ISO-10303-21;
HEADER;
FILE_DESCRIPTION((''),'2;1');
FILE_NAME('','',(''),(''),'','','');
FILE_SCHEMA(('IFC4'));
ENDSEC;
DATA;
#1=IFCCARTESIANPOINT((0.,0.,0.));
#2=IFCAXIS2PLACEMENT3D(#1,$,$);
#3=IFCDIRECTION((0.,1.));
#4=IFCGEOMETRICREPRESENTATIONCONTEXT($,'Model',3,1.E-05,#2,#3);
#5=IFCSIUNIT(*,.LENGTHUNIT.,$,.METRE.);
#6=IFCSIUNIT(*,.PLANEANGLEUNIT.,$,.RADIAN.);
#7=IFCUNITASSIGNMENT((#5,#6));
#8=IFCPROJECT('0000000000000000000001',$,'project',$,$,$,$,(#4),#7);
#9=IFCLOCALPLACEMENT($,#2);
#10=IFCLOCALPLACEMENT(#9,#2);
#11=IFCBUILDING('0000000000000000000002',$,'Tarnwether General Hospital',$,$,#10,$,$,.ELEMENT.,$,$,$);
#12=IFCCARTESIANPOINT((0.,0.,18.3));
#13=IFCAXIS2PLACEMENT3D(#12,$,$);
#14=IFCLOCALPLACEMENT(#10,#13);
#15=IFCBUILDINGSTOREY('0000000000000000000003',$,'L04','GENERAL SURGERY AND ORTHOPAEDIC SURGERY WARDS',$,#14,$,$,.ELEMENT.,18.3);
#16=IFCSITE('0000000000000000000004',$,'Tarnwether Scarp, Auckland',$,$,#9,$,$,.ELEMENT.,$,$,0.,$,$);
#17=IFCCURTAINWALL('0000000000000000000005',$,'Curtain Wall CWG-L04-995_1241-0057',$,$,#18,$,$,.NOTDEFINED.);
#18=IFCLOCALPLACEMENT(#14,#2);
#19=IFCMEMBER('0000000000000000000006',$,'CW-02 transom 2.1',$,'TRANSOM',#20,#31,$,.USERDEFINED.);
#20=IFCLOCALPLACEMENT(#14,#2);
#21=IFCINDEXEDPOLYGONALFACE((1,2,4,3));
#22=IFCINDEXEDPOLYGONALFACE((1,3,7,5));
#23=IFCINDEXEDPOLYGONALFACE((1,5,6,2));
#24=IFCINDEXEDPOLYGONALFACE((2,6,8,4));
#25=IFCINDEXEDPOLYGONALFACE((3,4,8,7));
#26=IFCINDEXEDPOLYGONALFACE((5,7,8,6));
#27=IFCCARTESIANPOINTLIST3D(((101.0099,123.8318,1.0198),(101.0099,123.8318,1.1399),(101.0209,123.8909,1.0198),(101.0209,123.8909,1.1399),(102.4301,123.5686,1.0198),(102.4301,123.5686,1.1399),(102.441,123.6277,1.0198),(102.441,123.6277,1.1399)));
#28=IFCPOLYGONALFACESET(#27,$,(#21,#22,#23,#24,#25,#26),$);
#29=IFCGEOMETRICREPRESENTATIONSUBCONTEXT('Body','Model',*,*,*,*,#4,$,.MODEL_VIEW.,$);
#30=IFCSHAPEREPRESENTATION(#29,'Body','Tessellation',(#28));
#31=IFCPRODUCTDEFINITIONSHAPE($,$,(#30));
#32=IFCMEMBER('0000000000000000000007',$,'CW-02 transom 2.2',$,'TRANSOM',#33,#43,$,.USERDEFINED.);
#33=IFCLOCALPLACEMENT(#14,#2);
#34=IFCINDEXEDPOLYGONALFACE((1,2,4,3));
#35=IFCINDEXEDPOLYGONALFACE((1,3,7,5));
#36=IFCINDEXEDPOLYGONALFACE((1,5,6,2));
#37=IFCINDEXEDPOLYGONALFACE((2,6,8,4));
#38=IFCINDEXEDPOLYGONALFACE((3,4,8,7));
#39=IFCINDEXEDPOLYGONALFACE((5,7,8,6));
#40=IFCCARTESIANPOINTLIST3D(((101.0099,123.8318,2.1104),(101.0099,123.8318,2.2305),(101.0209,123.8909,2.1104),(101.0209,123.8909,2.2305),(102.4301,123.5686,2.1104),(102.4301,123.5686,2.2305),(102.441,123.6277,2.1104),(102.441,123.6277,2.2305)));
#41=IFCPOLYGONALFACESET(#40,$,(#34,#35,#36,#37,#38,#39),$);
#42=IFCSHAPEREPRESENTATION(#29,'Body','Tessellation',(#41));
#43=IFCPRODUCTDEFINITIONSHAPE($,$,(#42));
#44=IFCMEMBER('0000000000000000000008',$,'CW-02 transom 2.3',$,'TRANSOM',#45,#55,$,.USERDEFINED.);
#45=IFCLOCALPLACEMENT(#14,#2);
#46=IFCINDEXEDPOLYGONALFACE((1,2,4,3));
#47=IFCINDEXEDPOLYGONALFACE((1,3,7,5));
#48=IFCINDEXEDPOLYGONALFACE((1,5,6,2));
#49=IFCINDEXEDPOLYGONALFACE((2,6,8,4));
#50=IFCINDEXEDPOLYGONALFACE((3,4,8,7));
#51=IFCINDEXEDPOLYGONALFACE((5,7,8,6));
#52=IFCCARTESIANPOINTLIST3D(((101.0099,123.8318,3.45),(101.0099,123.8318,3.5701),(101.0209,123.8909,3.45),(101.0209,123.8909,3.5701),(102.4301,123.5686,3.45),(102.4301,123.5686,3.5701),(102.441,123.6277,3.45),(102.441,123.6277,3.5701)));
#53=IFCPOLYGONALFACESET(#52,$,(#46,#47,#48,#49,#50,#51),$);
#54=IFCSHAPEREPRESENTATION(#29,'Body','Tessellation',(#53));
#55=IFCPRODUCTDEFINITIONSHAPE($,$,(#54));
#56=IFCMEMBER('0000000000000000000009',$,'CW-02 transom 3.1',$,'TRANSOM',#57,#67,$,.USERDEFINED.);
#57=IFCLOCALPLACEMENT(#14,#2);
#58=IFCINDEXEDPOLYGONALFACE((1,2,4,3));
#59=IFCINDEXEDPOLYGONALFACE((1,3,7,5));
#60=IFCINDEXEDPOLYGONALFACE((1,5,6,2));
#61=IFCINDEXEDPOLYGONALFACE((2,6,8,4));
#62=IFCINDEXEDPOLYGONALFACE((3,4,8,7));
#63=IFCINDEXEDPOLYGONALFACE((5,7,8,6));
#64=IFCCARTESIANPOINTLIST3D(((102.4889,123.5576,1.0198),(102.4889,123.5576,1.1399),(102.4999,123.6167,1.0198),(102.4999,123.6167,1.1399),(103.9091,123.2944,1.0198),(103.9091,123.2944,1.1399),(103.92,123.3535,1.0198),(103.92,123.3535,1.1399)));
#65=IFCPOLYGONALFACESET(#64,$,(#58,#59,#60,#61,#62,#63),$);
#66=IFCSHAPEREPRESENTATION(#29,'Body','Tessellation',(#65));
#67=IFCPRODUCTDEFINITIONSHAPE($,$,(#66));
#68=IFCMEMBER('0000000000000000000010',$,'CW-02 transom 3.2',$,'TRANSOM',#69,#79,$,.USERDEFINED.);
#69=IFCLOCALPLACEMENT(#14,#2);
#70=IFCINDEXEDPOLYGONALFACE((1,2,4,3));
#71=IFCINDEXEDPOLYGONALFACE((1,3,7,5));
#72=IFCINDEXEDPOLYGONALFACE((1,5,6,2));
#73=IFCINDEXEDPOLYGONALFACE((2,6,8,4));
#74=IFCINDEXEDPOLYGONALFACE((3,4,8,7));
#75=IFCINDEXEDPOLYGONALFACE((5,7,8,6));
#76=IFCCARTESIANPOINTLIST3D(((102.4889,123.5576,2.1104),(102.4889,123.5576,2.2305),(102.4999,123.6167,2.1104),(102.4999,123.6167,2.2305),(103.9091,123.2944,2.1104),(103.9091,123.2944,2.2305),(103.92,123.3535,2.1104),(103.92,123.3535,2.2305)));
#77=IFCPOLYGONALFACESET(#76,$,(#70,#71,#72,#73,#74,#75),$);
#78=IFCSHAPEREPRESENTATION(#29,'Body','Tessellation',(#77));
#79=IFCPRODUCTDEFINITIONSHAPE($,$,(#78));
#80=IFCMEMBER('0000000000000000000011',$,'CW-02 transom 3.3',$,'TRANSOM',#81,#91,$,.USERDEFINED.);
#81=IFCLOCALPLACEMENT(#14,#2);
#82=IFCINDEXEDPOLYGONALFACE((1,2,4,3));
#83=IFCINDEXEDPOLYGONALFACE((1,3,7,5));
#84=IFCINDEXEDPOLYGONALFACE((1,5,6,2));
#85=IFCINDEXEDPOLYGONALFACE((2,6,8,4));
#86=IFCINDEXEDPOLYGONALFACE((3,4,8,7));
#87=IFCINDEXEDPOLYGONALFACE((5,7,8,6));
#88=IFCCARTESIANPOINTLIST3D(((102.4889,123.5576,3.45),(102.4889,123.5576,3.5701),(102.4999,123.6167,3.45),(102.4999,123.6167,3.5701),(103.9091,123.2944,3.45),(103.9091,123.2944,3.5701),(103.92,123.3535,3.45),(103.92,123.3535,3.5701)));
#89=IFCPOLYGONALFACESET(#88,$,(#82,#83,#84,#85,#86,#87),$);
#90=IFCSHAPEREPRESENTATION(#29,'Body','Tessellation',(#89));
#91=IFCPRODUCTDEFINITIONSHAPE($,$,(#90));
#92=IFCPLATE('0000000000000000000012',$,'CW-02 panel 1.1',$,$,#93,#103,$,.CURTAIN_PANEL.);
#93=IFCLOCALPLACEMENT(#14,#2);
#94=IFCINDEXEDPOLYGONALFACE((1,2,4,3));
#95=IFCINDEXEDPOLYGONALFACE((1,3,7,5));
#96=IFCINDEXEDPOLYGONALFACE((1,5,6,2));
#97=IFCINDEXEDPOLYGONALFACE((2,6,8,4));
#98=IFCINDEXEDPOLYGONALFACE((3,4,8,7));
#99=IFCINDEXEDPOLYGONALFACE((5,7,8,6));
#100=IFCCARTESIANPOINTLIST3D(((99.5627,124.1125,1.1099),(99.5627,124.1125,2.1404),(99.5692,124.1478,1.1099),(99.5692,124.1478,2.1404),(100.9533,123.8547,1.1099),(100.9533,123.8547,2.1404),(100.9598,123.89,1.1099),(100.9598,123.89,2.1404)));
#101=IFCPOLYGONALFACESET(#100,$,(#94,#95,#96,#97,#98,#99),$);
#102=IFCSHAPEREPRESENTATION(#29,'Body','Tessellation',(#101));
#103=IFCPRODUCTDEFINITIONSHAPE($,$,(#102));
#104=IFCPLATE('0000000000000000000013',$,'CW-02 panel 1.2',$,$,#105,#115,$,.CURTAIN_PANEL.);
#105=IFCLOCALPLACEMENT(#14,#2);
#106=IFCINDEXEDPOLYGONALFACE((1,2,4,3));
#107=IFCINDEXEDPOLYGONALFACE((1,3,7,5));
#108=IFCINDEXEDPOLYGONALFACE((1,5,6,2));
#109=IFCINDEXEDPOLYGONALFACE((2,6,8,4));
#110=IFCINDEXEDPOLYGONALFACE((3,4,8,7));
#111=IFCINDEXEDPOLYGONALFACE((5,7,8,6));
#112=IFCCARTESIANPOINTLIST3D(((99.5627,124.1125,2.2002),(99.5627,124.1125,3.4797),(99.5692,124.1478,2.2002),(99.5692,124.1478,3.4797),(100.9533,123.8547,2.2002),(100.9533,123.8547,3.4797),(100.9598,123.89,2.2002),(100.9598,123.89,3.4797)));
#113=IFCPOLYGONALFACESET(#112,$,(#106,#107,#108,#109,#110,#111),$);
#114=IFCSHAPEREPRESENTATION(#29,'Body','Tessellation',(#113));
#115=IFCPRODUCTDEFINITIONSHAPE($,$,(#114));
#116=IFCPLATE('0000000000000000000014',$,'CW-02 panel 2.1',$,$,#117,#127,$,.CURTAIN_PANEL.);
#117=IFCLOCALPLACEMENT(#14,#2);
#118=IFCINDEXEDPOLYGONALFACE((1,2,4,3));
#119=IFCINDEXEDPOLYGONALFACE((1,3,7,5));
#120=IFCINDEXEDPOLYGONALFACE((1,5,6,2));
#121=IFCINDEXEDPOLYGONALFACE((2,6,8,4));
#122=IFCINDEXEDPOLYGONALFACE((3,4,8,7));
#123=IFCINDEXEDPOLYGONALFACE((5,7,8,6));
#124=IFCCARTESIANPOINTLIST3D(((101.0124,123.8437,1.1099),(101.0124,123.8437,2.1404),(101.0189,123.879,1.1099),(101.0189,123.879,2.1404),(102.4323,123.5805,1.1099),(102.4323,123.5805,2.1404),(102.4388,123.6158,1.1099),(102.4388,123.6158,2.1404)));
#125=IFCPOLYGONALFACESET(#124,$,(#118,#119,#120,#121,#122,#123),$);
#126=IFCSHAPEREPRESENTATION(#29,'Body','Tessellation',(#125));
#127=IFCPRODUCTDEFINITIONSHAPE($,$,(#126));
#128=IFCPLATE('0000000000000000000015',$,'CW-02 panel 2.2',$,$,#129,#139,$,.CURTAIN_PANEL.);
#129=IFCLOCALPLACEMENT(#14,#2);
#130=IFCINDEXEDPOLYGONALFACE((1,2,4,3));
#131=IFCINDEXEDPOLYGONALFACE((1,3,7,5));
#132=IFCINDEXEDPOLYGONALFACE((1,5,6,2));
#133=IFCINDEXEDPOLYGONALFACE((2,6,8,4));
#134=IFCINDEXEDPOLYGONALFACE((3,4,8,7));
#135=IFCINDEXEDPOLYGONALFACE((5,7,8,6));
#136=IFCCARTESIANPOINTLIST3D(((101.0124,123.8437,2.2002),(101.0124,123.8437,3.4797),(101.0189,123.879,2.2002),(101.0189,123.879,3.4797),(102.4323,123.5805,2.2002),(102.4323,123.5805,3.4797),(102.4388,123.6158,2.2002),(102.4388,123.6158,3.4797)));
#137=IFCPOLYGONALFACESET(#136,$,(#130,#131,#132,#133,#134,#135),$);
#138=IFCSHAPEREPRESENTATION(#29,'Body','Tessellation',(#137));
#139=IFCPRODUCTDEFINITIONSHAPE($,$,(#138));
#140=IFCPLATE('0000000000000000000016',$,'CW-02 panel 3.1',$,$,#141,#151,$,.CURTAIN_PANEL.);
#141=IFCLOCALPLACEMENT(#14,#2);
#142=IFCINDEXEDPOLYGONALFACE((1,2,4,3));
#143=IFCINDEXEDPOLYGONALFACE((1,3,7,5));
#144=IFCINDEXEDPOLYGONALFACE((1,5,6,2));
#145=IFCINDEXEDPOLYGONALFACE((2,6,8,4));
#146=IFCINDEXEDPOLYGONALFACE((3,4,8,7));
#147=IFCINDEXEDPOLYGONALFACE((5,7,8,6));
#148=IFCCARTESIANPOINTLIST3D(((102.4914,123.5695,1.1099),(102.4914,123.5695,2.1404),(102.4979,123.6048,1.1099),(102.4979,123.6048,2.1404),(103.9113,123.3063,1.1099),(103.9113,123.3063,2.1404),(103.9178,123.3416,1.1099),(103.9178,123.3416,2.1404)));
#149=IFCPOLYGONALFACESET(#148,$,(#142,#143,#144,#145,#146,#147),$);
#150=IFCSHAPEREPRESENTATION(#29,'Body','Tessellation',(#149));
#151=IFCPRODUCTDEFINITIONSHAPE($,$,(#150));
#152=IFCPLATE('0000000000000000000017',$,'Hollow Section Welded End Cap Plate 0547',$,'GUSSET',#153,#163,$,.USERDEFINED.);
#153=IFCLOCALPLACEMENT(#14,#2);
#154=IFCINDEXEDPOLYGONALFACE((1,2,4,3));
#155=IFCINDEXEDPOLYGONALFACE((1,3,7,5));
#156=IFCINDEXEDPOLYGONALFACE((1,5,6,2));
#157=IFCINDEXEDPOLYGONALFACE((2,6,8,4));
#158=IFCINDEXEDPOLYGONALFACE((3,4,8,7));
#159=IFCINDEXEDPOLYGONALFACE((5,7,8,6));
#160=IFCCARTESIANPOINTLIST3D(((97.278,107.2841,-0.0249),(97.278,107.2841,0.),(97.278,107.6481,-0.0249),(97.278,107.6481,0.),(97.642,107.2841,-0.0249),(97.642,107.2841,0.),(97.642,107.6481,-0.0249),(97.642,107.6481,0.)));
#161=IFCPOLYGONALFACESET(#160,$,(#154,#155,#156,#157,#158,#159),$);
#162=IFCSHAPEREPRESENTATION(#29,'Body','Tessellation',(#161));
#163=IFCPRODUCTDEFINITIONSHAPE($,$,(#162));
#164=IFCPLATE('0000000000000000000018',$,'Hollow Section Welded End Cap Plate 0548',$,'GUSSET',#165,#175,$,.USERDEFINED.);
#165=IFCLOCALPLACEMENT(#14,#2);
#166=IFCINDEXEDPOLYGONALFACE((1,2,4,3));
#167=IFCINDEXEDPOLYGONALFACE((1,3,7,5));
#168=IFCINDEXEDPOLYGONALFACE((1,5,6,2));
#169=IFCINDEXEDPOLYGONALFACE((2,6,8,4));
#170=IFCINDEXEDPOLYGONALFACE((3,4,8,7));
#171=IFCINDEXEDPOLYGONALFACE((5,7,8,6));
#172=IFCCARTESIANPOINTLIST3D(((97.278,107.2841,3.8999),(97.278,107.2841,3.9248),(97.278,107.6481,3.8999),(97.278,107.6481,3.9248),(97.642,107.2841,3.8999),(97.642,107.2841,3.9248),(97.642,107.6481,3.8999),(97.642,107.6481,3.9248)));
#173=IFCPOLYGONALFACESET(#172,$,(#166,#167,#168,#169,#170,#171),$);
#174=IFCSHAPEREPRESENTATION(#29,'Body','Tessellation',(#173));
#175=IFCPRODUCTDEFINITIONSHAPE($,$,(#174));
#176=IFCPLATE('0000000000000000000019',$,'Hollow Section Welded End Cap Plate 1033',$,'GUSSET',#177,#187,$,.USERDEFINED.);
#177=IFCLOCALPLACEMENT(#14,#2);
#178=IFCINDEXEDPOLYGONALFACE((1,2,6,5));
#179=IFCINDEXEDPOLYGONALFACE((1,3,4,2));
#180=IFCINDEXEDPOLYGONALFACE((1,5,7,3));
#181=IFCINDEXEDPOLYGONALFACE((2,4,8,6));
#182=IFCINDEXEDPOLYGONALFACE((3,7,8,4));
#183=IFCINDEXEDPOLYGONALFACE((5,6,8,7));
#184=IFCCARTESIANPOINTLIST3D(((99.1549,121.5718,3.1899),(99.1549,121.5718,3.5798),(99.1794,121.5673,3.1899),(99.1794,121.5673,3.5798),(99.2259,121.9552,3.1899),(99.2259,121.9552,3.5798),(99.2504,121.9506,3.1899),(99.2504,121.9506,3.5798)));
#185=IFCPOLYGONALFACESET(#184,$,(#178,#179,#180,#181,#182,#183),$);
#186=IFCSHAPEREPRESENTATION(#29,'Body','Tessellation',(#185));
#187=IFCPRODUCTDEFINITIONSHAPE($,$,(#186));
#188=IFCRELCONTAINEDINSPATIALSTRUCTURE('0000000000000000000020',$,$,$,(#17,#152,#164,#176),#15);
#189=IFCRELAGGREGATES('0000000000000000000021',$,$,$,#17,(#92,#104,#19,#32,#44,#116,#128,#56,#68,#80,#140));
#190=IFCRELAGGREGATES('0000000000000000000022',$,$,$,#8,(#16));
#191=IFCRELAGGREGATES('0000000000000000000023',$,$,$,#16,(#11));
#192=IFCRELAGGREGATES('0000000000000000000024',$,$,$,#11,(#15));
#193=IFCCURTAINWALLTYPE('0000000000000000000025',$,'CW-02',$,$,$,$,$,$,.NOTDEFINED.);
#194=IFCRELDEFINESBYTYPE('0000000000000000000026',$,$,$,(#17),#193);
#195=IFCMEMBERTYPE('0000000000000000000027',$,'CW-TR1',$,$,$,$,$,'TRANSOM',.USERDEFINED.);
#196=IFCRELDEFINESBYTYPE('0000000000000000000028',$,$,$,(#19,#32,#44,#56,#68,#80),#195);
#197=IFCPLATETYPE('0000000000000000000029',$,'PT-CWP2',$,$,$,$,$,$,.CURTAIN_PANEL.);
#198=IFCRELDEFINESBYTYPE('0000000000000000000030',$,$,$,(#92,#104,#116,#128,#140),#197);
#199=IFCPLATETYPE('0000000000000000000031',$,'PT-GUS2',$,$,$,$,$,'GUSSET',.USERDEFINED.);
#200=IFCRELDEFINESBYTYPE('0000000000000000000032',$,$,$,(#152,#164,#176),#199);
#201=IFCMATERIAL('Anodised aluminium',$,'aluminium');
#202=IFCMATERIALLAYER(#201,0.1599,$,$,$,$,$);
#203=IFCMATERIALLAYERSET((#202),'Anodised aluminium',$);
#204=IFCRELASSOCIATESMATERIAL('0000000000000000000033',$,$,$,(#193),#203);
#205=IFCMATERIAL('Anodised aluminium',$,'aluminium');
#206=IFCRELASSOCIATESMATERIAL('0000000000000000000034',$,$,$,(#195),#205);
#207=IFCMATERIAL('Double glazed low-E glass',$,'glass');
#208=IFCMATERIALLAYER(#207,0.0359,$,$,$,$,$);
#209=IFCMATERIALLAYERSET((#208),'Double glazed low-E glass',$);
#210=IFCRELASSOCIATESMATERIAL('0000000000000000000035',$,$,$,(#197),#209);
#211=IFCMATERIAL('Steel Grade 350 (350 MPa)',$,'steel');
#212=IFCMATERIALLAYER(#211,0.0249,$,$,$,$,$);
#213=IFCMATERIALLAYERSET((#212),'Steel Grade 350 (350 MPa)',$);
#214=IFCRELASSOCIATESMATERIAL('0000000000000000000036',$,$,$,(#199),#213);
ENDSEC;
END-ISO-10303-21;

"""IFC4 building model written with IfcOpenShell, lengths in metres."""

from ifc_helpers import new_model, si_unit, direction, frame, origin, origin_2d, place, context, subcontext, project, spatial, rectangle, extrude, material, layer, layer_set, material_profile, profile_set, type_object, element, aggregate, save


model = new_model("IFC4")

# Units and contexts
model_context = context("Model", 3, precision=1e-05, world=origin(), true_north=direction((0.0, 1.0)))
body_context = subcontext(model_context, "Body", "Model", "MODEL_VIEW")
ifc_project = project(units=[si_unit("LENGTHUNIT", "METRE"), si_unit("PLANEANGLEUNIT", "RADIAN")], contexts=[model_context])

# Site, building, storey
site_placement = place(None, origin())
site = spatial("IfcSite", under=ifc_project, at=site_placement, Name="Tarnwether Scarp, Auckland", CompositionType="ELEMENT", RefElevation=0.0)
building_placement = place(site_placement, origin())
building = spatial("IfcBuilding", under=site, at=building_placement, Name="Tarnwether General Hospital", CompositionType="ELEMENT")
storey_placement = place(building_placement, frame((0.0, 0.0, 18.3)))
storey = spatial("IfcBuildingStorey", under=building, at=storey_placement, Name="L04", Description="GENERAL SURGERY AND ORTHOPAEDIC SURGERY WARDS", CompositionType="ELEMENT", Elevation=18.3)

# Curtain wall, members, plates
ifc_material_1 = material(Name="Anodised aluminium", Category="aluminium")
ifc_layer_1 = layer(ifc_material_1, 0.1599)
ifc_layer_set_1 = layer_set([ifc_layer_1], Name="Anodised aluminium")
curtain_wall_type = type_object("IfcCurtainWallType", Name="CW-02", PredefinedType="NOTDEFINED", material=ifc_layer_set_1)
curtain_wall_placement = place(storey_placement, origin())
curtain_wall = element("IfcCurtainWall", 1, at=curtain_wall_placement, inside=storey, type_object=curtain_wall_type, Name="Curtain Wall CWG-L04-995_1241-0057", PredefinedType="NOTDEFINED")
ifc_material_2 = material(Name="Anodised aluminium", Category="aluminium")
ifc_material_profile_1 = material_profile(ifc_material_2, rectangle(XDim=0.0601, YDim=0.1201, at=origin_2d()), Name="ALU-TRN-60x120")
ifc_profile_set_1 = profile_set([ifc_material_profile_1], Name="Anodised aluminium")
member_type_1 = type_object("IfcMemberType", Name="CW-TR1", ElementType="TRANSOM", PredefinedType="USERDEFINED", material=ifc_profile_set_1)
member_1_placement = place(storey_placement, frame((101.0154, 123.8613, 1.0798), z_axis=(0.983258, -0.182216, 0.0), x_axis=(0.182216, 0.983258, 0.0)))
member_1 = element("IfcMember", 2, at=member_1_placement, type_object=member_type_1, Name="CW-02 transom 2.1", ObjectType="TRANSOM", PredefinedType="USERDEFINED", context=body_context, shape_type="SweptSolid", body=[
    extrude(rectangle(XDim=0.0601, YDim=0.1201, at=origin_2d()), origin(), (0.0, 0.0, 1.0), 1.4443),
])
member_2_placement = place(storey_placement, frame((101.0154, 123.8613, 2.1704), z_axis=(0.983258, -0.182216, 0.0), x_axis=(0.182216, 0.983258, 0.0)))
member_2 = element("IfcMember", 3, at=member_2_placement, type_object=member_type_1, Name="CW-02 transom 2.2", ObjectType="TRANSOM", PredefinedType="USERDEFINED", context=body_context, shape_type="SweptSolid", body=[
    extrude(rectangle(XDim=0.0601, YDim=0.1201, at=origin_2d()), origin(), (0.0, 0.0, 1.0), 1.4443),
])
member_3_placement = place(storey_placement, frame((101.0154, 123.8613, 3.51), z_axis=(0.983258, -0.182216, 0.0), x_axis=(0.182216, 0.983258, 0.0)))
member_3 = element("IfcMember", 4, at=member_3_placement, type_object=member_type_1, Name="CW-02 transom 2.3", ObjectType="TRANSOM", PredefinedType="USERDEFINED", context=body_context, shape_type="SweptSolid", body=[
    extrude(rectangle(XDim=0.0601, YDim=0.1201, at=origin_2d()), origin(), (0.0, 0.0, 1.0), 1.4443),
])
member_4_placement = place(storey_placement, frame((102.4944, 123.5872, 1.0798), z_axis=(0.983258, -0.182216, 0.0), x_axis=(0.182216, 0.983258, 0.0)))
member_4 = element("IfcMember", 5, at=member_4_placement, type_object=member_type_1, Name="CW-02 transom 3.1", ObjectType="TRANSOM", PredefinedType="USERDEFINED", context=body_context, shape_type="SweptSolid", body=[
    extrude(rectangle(XDim=0.0601, YDim=0.1201, at=origin_2d()), origin(), (0.0, 0.0, 1.0), 1.4443),
])
member_5_placement = place(storey_placement, frame((102.4944, 123.5872, 2.1704), z_axis=(0.983258, -0.182216, 0.0), x_axis=(0.182216, 0.983258, 0.0)))
member_5 = element("IfcMember", 6, at=member_5_placement, type_object=member_type_1, Name="CW-02 transom 3.2", ObjectType="TRANSOM", PredefinedType="USERDEFINED", context=body_context, shape_type="SweptSolid", body=[
    extrude(rectangle(XDim=0.0601, YDim=0.1201, at=origin_2d()), origin(), (0.0, 0.0, 1.0), 1.4443),
])
member_6_placement = place(storey_placement, frame((102.4944, 123.5872, 3.51), z_axis=(0.983258, -0.182216, 0.0), x_axis=(0.182216, 0.983258, 0.0)))
member_6 = element("IfcMember", 7, at=member_6_placement, type_object=member_type_1, Name="CW-02 transom 3.3", ObjectType="TRANSOM", PredefinedType="USERDEFINED", context=body_context, shape_type="SweptSolid", body=[
    extrude(rectangle(XDim=0.0601, YDim=0.1201, at=origin_2d()), origin(), (0.0, 0.0, 1.0), 1.4443),
])
ifc_material_3 = material(Name="Double glazed low-E glass", Category="glass")
ifc_layer_2 = layer(ifc_material_3, 0.0359)
ifc_layer_set_2 = layer_set([ifc_layer_2], Name="Double glazed low-E glass")
plate_type_1 = type_object("IfcPlateType", Name="PT-CWP2", PredefinedType="CURTAIN_PANEL", material=ifc_layer_set_2)
plate_1_placement = place(storey_placement, frame((100.2612, 124.0012, 1.1099), z_axis=(0.0, 0.0, 1.0), x_axis=(0.983245, -0.182289, 0.0)))
plate_1 = element("IfcPlate", 8, at=plate_1_placement, type_object=plate_type_1, Name="CW-02 panel 1.1", PredefinedType="CURTAIN_PANEL", context=body_context, shape_type="SweptSolid", body=[
    extrude(rectangle(XDim=1.4143, YDim=0.0359, at=origin_2d()), origin(), (0.0, 0.0, 1.0), 1.0305),
])
plate_2_placement = place(storey_placement, frame((100.2612, 124.0012, 2.2002), z_axis=(0.0, 0.0, 1.0), x_axis=(0.983245, -0.182289, 0.0)))
plate_2 = element("IfcPlate", 9, at=plate_2_placement, type_object=plate_type_1, Name="CW-02 panel 1.2", PredefinedType="CURTAIN_PANEL", context=body_context, shape_type="SweptSolid", body=[
    extrude(rectangle(XDim=1.4143, YDim=0.0359, at=origin_2d()), origin(), (0.0, 0.0, 1.0), 1.2795),
])
plate_3_placement = place(storey_placement, frame((101.7256, 123.7297, 1.1099), z_axis=(0.0, 0.0, 1.0), x_axis=(0.983245, -0.182289, 0.0)))
plate_3 = element("IfcPlate", 10, at=plate_3_placement, type_object=plate_type_1, Name="CW-02 panel 2.1", PredefinedType="CURTAIN_PANEL", context=body_context, shape_type="SweptSolid", body=[
    extrude(rectangle(XDim=1.4441, YDim=0.0359, at=origin_2d()), origin(), (0.0, 0.0, 1.0), 1.0305),
])
plate_4_placement = place(storey_placement, frame((101.7256, 123.7297, 2.2002), z_axis=(0.0, 0.0, 1.0), x_axis=(0.983245, -0.182289, 0.0)))
plate_4 = element("IfcPlate", 11, at=plate_4_placement, type_object=plate_type_1, Name="CW-02 panel 2.2", PredefinedType="CURTAIN_PANEL", context=body_context, shape_type="SweptSolid", body=[
    extrude(rectangle(XDim=1.4441, YDim=0.0359, at=origin_2d()), origin(), (0.0, 0.0, 1.0), 1.2795),
])
plate_5_placement = place(storey_placement, frame((103.2046, 123.4556, 1.1099), z_axis=(0.0, 0.0, 1.0), x_axis=(0.983245, -0.182289, 0.0)))
plate_5 = element("IfcPlate", 12, at=plate_5_placement, type_object=plate_type_1, Name="CW-02 panel 3.1", PredefinedType="CURTAIN_PANEL", context=body_context, shape_type="SweptSolid", body=[
    extrude(rectangle(XDim=1.4441, YDim=0.0359, at=origin_2d()), origin(), (0.0, 0.0, 1.0), 1.0305),
])
aggregate(curtain_wall, [plate_1, plate_2, member_1, member_2, member_3, plate_3, plate_4, member_4, member_5, member_6, plate_5])

# Plates
ifc_material_4 = material(Name="Steel Grade 350 (350 MPa)", Category="steel")
ifc_layer_3 = layer(ifc_material_4, 0.0249)
ifc_layer_set_3 = layer_set([ifc_layer_3], Name="Steel Grade 350 (350 MPa)")
plate_type_2 = type_object("IfcPlateType", Name="PT-GUS2", ElementType="GUSSET", PredefinedType="USERDEFINED", material=ifc_layer_set_3)
for number, where, z_axis, x_axis, name in (
    (13, (97.46, 107.4661, -0.0249), (0.0, 0.0, 1.0), (1.0, 0.0, 0.0), "Hollow Section Welded End Cap Plate 0547"),
    (14, (97.46, 107.4661, 3.8999), (0.0, 0.0, 1.0), (1.0, 0.0, 0.0), "Hollow Section Welded End Cap Plate 0548"),
):
    element("IfcPlate", number, at=place(storey_placement, frame(where, z_axis=z_axis, x_axis=x_axis)), inside=storey, type_object=plate_type_2, Name=name, ObjectType="GUSSET", PredefinedType="USERDEFINED", context=body_context, shape_type="SweptSolid", body=[
        extrude(rectangle(XDim=0.364, YDim=0.364, at=origin_2d()), origin(), (0.0, 0.0, 1.0), 0.0249),
    ])
plate_6_placement = place(storey_placement, frame((99.2026, 121.7612, 3.1899), z_axis=(0.0, 0.0, 1.0), x_axis=(0.983261, -0.182201, 0.0)))
element("IfcPlate", 15, at=plate_6_placement, inside=storey, type_object=plate_type_2, Name="Hollow Section Welded End Cap Plate 1033", ObjectType="GUSSET", PredefinedType="USERDEFINED", context=body_context, shape_type="SweptSolid", body=[
    extrude(rectangle(XDim=0.0249, YDim=0.3899, at=origin_2d()), origin(), (0.0, 0.0, 1.0), 0.3899),
])

save(model, "model.ifc")
